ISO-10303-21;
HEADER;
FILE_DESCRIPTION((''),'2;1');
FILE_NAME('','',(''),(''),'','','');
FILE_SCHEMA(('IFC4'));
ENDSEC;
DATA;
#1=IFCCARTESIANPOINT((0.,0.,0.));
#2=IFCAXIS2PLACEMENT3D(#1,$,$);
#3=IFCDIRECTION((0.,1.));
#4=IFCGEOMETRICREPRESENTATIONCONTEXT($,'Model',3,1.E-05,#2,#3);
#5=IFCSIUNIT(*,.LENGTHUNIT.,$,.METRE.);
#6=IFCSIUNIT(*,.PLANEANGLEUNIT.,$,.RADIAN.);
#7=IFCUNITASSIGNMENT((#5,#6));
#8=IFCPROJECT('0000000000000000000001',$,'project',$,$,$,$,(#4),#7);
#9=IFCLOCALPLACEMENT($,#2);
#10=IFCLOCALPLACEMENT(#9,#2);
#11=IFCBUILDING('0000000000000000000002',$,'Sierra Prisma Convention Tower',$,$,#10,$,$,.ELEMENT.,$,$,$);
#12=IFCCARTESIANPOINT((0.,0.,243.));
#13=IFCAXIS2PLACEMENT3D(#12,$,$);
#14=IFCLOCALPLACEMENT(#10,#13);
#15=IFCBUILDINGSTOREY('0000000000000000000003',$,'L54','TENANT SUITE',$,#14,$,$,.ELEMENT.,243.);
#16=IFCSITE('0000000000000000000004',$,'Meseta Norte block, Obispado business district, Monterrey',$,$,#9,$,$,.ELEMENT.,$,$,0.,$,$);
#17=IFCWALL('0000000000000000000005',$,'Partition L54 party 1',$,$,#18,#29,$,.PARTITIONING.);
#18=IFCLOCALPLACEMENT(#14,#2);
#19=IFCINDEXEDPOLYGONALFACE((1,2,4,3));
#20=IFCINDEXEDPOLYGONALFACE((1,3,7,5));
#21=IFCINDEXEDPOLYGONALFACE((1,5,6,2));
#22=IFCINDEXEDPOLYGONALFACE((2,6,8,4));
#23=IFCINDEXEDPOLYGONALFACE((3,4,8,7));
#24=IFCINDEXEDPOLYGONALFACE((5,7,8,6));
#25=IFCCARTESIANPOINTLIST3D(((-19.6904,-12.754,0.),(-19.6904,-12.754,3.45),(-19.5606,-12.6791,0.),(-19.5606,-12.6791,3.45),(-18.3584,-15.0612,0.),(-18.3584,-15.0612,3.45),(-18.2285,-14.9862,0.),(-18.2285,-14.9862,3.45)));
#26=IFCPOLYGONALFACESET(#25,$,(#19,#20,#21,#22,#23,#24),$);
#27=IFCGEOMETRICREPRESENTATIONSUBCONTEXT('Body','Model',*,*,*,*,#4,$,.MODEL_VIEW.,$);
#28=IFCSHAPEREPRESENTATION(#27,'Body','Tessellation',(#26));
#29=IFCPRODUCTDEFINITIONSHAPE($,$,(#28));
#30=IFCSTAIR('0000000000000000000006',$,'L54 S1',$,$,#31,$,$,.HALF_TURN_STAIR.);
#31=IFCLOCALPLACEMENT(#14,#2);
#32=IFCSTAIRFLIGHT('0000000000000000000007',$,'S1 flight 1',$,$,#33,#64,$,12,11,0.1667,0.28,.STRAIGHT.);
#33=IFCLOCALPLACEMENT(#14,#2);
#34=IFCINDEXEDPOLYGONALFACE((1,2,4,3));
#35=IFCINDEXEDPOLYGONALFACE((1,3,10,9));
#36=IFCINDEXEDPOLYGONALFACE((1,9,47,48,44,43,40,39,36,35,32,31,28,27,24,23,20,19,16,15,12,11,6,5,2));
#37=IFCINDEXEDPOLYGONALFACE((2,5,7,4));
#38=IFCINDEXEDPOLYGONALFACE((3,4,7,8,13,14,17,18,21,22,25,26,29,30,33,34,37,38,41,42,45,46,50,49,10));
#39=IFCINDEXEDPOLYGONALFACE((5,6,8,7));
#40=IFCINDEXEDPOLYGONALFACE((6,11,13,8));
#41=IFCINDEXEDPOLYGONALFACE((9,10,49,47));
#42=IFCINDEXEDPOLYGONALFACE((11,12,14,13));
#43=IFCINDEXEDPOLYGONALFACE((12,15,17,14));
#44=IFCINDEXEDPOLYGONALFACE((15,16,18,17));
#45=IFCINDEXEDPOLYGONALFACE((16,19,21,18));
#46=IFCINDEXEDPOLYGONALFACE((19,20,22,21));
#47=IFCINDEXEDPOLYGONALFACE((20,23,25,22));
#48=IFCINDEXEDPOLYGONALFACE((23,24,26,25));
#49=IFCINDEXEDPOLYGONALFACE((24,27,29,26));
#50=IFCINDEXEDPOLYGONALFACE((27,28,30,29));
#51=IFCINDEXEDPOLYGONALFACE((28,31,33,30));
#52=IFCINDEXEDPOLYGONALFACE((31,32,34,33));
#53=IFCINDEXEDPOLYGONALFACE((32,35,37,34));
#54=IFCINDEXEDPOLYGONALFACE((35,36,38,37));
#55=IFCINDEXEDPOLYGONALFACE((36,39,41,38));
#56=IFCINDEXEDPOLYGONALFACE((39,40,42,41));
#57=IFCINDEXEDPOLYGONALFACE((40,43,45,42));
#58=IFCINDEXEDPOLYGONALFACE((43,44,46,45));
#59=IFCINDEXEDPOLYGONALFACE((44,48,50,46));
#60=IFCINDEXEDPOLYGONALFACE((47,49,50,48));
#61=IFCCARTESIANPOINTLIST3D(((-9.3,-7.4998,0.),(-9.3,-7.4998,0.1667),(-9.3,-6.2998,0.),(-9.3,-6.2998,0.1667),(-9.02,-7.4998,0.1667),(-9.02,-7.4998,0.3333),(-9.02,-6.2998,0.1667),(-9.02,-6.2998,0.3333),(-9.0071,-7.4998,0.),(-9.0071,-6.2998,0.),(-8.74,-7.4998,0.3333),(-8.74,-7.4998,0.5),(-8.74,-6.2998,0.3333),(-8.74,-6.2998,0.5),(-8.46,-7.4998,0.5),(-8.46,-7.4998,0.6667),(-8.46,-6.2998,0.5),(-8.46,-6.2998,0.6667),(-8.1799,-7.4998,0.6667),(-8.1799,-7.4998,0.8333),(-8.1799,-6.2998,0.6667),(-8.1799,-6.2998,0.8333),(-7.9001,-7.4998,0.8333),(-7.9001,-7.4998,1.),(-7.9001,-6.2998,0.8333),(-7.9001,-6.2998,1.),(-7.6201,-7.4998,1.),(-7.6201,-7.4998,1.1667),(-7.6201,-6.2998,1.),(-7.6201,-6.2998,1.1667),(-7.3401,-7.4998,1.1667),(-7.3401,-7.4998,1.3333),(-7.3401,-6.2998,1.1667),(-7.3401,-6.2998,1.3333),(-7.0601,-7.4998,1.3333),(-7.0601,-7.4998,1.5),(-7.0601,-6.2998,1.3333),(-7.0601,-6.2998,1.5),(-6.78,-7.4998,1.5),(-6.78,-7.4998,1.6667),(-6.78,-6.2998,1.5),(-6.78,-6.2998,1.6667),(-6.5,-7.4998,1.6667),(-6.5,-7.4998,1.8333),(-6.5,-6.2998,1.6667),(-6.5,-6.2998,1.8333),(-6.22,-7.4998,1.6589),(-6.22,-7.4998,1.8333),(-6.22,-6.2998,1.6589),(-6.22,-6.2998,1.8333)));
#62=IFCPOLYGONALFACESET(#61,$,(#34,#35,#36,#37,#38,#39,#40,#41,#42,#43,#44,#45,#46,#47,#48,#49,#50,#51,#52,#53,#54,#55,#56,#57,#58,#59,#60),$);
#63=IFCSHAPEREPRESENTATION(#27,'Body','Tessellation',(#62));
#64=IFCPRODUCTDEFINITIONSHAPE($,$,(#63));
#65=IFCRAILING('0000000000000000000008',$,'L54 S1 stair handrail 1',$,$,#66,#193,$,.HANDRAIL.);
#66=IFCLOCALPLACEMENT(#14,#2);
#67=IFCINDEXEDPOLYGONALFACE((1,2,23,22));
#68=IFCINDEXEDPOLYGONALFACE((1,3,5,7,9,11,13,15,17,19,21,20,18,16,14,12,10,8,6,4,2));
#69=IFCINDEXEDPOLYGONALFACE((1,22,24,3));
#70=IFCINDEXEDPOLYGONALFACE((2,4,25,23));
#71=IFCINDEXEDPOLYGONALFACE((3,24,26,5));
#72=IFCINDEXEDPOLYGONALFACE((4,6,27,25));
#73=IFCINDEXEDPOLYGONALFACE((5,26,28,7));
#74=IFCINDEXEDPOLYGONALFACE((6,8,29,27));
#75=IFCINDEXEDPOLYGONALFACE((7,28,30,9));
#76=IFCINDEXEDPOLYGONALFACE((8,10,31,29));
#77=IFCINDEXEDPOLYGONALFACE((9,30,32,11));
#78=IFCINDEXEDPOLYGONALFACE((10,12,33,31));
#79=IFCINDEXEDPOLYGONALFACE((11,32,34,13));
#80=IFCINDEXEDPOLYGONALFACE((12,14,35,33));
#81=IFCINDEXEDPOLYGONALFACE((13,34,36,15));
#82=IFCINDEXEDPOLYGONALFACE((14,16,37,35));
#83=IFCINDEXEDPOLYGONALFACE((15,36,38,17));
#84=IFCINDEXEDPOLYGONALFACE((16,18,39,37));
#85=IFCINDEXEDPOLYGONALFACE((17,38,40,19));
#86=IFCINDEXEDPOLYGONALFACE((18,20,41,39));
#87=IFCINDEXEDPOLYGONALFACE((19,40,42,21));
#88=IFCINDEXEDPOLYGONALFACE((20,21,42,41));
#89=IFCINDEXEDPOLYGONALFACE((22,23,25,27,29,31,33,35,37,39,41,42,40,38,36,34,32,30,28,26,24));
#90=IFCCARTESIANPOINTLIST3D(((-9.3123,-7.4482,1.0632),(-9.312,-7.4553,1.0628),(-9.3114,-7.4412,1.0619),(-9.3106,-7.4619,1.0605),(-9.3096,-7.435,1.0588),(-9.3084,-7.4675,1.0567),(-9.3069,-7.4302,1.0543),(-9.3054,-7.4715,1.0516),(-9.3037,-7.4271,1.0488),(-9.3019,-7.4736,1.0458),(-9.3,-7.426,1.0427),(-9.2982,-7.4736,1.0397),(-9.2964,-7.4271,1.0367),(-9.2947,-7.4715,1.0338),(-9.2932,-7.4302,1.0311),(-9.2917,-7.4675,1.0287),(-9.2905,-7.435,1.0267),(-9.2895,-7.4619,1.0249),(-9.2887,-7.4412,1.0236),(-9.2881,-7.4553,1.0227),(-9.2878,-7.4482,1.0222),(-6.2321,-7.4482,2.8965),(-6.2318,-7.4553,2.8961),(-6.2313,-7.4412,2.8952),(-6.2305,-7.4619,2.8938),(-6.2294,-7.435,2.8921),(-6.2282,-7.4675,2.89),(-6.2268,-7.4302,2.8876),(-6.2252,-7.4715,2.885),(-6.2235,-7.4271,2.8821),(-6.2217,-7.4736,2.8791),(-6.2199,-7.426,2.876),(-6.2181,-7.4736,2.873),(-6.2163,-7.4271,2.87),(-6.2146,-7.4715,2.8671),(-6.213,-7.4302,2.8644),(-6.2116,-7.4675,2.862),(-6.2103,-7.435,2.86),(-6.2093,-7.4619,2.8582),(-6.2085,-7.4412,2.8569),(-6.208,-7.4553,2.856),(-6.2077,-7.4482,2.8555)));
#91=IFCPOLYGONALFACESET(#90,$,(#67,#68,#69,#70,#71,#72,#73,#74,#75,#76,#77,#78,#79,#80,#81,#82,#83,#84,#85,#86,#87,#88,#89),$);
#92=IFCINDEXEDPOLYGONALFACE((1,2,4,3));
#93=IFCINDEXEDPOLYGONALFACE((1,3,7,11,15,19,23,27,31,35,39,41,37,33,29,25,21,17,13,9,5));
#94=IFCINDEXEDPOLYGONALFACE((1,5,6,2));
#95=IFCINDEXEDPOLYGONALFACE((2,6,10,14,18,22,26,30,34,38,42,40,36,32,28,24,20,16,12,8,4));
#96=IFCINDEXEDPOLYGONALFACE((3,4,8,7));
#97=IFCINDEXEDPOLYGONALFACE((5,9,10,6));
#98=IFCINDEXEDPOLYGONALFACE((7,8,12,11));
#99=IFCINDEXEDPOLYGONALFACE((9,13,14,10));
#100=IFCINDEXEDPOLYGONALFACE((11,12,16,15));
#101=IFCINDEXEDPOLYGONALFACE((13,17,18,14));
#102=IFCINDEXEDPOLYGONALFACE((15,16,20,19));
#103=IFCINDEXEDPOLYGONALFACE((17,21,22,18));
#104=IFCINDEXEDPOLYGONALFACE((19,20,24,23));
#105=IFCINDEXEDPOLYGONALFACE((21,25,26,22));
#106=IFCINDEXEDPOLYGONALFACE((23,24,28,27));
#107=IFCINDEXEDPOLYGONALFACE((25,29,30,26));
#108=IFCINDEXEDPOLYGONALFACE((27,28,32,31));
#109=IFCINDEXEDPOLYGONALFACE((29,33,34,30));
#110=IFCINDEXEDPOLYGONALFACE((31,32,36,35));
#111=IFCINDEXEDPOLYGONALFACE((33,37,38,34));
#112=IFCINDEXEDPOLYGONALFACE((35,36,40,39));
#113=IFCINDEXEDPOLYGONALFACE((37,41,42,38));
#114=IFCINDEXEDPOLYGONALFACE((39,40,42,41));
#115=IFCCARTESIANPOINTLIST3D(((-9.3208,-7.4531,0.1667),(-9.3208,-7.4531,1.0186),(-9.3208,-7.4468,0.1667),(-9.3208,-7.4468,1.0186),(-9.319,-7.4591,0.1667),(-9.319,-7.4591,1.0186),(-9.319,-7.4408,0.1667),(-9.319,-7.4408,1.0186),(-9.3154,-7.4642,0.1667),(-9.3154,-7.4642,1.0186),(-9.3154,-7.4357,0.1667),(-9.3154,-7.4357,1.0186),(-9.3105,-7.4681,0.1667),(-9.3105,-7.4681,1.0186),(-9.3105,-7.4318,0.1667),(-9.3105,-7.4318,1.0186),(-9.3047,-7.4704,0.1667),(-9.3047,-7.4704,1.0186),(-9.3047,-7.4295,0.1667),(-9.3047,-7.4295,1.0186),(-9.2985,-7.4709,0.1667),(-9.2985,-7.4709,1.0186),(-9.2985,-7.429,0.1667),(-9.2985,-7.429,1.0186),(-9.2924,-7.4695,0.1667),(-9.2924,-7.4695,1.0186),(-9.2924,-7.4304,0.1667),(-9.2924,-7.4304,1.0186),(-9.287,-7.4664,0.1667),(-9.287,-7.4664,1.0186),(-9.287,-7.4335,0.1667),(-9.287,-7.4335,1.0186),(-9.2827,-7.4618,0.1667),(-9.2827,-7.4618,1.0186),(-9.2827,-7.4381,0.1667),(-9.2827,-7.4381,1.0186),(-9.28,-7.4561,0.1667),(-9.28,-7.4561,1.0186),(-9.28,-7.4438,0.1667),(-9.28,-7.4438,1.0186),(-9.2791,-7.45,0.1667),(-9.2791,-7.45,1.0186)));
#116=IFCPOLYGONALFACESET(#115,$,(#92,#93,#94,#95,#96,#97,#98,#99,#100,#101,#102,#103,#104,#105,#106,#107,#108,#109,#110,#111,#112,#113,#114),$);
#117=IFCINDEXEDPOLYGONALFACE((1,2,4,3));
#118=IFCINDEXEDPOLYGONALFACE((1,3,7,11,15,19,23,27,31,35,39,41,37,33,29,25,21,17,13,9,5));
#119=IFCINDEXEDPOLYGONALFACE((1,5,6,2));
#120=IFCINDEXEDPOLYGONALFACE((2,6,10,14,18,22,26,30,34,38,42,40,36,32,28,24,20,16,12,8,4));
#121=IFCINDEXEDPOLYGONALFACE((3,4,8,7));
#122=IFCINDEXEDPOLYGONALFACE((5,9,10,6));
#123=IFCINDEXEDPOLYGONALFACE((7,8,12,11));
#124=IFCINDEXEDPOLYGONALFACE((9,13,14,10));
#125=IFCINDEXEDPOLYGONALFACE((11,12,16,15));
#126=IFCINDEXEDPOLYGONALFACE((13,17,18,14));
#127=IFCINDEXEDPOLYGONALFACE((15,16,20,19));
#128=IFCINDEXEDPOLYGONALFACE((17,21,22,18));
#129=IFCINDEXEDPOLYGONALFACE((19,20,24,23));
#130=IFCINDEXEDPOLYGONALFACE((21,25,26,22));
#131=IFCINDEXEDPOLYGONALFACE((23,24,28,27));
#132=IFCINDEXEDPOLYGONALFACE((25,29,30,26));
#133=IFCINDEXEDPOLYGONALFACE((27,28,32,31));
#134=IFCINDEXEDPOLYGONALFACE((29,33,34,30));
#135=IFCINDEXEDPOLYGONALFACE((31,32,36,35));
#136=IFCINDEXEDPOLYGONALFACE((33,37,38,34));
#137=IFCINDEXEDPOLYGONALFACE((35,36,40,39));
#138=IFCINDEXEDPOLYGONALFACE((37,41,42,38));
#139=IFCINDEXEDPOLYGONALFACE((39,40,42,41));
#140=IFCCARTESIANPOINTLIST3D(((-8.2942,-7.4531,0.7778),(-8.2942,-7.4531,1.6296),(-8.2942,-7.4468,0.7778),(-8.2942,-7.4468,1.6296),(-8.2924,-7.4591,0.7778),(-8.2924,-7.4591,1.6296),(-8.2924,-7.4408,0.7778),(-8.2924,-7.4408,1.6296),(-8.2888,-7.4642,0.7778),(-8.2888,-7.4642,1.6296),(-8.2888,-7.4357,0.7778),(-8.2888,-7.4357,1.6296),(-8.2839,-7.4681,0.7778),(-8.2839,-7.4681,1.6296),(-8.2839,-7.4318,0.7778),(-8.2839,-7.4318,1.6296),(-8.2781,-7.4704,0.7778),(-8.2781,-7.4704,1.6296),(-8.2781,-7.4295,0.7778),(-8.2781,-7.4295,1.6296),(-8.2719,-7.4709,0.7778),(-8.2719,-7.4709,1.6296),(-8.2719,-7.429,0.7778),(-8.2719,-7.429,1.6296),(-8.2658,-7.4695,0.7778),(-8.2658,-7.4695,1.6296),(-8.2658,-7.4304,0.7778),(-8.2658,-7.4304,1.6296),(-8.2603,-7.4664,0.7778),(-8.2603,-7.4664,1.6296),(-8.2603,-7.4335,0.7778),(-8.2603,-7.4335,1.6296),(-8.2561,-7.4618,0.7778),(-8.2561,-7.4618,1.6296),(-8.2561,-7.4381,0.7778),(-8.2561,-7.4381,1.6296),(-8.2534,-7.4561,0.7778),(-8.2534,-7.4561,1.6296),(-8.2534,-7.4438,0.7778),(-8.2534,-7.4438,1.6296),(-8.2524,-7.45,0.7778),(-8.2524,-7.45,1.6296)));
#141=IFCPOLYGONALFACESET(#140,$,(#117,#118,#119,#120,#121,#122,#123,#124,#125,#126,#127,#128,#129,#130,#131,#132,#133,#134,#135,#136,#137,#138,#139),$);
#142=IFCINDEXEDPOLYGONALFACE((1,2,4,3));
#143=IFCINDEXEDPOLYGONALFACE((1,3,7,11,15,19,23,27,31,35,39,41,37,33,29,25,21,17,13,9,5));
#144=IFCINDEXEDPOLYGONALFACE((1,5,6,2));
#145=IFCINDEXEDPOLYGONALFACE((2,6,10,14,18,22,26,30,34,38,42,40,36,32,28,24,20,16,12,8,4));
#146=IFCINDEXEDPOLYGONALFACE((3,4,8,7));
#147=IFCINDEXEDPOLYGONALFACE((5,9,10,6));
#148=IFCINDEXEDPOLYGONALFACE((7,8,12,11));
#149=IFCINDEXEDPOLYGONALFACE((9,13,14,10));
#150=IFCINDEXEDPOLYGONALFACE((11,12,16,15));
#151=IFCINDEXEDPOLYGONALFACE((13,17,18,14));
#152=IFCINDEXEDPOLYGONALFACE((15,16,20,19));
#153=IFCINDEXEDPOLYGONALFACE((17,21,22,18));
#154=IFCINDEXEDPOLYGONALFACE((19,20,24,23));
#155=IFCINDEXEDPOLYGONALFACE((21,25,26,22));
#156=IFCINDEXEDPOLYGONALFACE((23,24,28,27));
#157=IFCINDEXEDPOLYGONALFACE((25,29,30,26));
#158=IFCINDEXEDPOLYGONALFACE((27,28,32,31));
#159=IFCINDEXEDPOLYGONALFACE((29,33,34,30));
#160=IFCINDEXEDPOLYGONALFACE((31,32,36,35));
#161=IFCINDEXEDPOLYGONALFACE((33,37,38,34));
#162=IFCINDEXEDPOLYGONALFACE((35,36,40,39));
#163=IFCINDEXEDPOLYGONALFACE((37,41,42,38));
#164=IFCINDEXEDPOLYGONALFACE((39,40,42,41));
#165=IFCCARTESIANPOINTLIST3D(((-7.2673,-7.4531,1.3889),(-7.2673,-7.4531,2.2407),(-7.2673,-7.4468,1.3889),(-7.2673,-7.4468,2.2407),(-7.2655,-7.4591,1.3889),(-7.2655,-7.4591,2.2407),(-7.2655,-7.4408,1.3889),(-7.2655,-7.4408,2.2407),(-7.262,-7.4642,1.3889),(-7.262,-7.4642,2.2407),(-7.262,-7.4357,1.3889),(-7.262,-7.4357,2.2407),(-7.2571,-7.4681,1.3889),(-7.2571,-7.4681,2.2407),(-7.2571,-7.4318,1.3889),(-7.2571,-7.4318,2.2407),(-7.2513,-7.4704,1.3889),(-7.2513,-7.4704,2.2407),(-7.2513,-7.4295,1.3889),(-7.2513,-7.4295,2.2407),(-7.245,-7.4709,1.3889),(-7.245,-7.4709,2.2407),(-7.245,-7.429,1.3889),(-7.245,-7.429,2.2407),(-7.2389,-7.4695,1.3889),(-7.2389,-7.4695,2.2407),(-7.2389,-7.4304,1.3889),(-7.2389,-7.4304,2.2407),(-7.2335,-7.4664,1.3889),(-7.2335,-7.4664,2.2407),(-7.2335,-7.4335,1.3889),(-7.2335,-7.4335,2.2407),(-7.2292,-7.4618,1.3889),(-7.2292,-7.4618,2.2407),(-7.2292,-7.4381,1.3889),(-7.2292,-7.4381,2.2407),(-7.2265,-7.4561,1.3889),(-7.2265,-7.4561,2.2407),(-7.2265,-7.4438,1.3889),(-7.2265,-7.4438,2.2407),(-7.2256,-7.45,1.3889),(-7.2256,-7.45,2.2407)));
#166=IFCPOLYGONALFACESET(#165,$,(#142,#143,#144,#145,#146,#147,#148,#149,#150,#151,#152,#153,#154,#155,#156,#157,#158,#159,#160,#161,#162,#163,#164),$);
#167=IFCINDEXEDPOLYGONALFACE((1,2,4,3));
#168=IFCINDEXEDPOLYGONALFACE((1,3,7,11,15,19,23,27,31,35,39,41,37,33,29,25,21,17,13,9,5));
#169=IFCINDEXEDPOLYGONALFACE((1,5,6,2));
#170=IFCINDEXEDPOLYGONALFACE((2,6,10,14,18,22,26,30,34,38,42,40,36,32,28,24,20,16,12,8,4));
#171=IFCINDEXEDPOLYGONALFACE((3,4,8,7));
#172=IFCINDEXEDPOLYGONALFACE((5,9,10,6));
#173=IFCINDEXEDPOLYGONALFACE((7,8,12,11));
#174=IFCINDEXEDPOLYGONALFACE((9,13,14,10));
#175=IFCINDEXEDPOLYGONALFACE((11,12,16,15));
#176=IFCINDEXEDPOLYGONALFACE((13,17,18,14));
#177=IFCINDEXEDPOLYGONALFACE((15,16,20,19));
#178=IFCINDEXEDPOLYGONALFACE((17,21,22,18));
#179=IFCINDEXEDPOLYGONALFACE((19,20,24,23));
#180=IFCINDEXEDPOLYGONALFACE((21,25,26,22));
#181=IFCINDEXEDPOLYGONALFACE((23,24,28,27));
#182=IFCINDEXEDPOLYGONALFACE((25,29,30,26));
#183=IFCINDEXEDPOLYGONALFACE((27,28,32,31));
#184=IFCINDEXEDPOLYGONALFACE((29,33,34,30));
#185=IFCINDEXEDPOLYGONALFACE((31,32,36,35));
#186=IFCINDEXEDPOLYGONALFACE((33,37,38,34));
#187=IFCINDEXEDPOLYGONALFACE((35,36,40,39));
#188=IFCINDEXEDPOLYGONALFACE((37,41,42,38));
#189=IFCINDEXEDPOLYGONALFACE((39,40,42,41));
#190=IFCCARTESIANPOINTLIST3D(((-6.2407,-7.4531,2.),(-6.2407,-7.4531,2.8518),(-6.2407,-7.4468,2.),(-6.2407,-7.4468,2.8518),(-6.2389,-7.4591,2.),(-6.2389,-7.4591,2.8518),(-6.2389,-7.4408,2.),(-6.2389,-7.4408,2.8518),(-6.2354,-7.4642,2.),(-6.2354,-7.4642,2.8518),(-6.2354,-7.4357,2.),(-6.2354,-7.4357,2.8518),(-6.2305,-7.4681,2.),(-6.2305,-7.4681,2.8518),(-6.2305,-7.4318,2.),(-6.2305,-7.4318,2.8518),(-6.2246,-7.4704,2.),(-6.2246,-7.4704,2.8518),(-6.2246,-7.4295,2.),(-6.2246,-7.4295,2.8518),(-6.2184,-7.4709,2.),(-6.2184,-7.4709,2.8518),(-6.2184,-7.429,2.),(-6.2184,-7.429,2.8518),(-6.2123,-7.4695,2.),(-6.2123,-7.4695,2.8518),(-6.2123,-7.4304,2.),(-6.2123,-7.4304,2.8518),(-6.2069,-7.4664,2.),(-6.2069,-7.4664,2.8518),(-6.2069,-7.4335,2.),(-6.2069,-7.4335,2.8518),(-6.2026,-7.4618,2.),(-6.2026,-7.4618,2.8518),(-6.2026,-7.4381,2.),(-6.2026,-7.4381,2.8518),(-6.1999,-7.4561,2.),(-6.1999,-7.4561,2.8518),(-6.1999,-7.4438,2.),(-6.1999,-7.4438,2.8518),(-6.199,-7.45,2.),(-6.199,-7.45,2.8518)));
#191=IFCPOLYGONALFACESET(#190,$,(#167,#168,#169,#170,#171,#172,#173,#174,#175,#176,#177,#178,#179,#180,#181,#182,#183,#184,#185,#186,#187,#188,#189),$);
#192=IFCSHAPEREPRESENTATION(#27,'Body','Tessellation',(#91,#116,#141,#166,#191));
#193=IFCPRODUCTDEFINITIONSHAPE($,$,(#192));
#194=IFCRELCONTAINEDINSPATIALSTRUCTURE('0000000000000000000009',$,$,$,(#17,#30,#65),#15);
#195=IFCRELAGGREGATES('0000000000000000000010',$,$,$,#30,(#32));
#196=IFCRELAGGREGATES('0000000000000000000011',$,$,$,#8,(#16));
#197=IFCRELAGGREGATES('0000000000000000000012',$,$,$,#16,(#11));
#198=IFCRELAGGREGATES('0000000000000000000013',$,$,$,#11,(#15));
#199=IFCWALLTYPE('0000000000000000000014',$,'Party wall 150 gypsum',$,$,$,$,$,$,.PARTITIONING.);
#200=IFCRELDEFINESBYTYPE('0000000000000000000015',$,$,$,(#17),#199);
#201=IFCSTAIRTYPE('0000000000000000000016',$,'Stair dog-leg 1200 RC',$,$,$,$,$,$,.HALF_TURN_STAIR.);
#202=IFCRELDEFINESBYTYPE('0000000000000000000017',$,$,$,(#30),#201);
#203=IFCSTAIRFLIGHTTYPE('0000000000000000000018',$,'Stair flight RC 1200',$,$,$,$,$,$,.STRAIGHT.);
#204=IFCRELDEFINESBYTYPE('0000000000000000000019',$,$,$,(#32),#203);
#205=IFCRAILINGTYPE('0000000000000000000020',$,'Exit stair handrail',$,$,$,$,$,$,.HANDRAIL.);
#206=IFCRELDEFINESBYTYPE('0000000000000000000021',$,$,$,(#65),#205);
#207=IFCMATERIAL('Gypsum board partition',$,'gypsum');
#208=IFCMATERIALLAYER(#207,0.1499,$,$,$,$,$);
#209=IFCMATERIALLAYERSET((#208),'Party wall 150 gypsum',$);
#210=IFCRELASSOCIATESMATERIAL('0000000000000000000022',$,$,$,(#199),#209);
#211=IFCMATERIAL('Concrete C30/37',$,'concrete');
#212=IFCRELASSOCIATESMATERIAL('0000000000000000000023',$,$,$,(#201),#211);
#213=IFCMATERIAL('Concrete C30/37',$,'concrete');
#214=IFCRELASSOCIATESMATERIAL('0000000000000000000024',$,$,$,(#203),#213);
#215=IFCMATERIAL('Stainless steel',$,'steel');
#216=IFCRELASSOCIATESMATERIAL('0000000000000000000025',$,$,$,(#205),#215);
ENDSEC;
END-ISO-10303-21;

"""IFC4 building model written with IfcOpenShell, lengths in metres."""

from ifc_helpers import new_model, si_unit, direction, frame, frame_2d, origin, origin_2d, place, context, subcontext, project, spatial, polyline, rectangle, circle, outline, extrude, material, layer, layer_set, type_object, element, aggregate, save


model = new_model("IFC4")

# Units and contexts
model_context = context("Model", 3, precision=1e-05, world=origin(), true_north=direction((0.0, 1.0)))
body_context = subcontext(model_context, "Body", "Model", "MODEL_VIEW")
ifc_project = project(units=[si_unit("LENGTHUNIT", "METRE"), si_unit("PLANEANGLEUNIT", "RADIAN")], contexts=[model_context])

# Site, building, storey
site_placement = place(None, origin())
site = spatial("IfcSite", under=ifc_project, at=site_placement, Name="Meseta Norte block, Obispado business district, Monterrey", CompositionType="ELEMENT", RefElevation=0.0)
building_placement = place(site_placement, origin())
building = spatial("IfcBuilding", under=site, at=building_placement, Name="Sierra Prisma Convention Tower", CompositionType="ELEMENT")
storey_placement = place(building_placement, frame((0.0, 0.0, 243.0)))
storey = spatial("IfcBuildingStorey", under=building, at=storey_placement, Name="L54", Description="TENANT SUITE", CompositionType="ELEMENT", Elevation=243.0)

# Wall
ifc_material_1 = material(Name="Gypsum board partition", Category="gypsum")
ifc_layer_1 = layer(ifc_material_1, 0.1499)
ifc_layer_set_1 = layer_set([ifc_layer_1], Name="Party wall 150 gypsum")
wall_type_1 = type_object("IfcWallType", Name="Party wall 150 gypsum", PredefinedType="PARTITIONING", material=ifc_layer_set_1)
wall_1_placement = place(storey_placement, frame((-19.6255, -12.7166, 0.0), z_axis=(0.0, 0.0, 1.0), x_axis=(0.500003, -0.866024, 0.0)))
element("IfcWall", 1, at=wall_1_placement, inside=storey, type_object=wall_type_1, Name="Partition L54 party 1", PredefinedType="PARTITIONING", context=body_context, shape_type="SweptSolid", body=[
    extrude(rectangle(XDim=2.6641, YDim=0.1499, at=frame_2d((1.332, 0.0))), origin(), (0.0, 0.0, 1.0), 3.45),
])

# Stair, stair flight
ifc_material_2 = material(Name="Concrete C30/37", Category="concrete")
stair_type = type_object("IfcStairType", Name="Stair dog-leg 1200 RC", PredefinedType="HALF_TURN_STAIR", material=ifc_material_2)
stair_placement = place(storey_placement, origin())
stair = element("IfcStair", 2, at=stair_placement, inside=storey, type_object=stair_type, Name="L54 S1", PredefinedType="HALF_TURN_STAIR")
ifc_material_3 = material(Name="Concrete C30/37", Category="concrete")
stair_flight_type = type_object("IfcStairFlightType", Name="Stair flight RC 1200", PredefinedType="STRAIGHT", material=ifc_material_3)
stair_flight_placement = place(storey_placement, frame((-9.3, -6.8999, 0.0), z_axis=(0.0, 0.0, 1.0), x_axis=(1.0, 0.0, 0.0)))
stair_flight = element("IfcStairFlight", 3, at=stair_flight_placement, type_object=stair_flight_type, Name="S1 flight 1", NumberOfRisers=12, NumberOfTreads=11, PredefinedType="STRAIGHT", RiserHeight=0.1667, TreadLength=0.28, context=body_context, shape_type="SweptSolid", body=[
    extrude(outline(polyline([(0.0, 0.0), (0.0, 0.1667), (0.28, 0.1667), (0.28, 0.3333), (0.5601, 0.3333), (0.5601, 0.5), (0.8401, 0.5), (0.8401, 0.6667), (1.1201, 0.6667), (1.1201, 0.8333), (1.3999, 0.8333), (1.3999, 1.0), (1.6799, 1.0), (1.6799, 1.1667), (1.96, 1.1667), (1.96, 1.3333), (2.24, 1.3333), (2.24, 1.5), (2.52, 1.5), (2.52, 1.6667), (2.8, 1.6667), (2.8, 1.8333), (3.0801, 1.8333), (3.0801, 2.0), (3.0801, 1.6589), (0.293, 0.0), (0.0, 0.0)])), frame((0.0, 0.6001, 0.0), z_axis=(0.0, -1.0, 0.0), x_axis=(1.0, 0.0, 0.0)), (0.0, 0.0, 1.0), 1.2),
])
aggregate(stair, [stair_flight])

# Railing
ifc_material_4 = material(Name="Stainless steel", Category="steel")
railing_type_1 = type_object("IfcRailingType", Name="Exit stair handrail", PredefinedType="HANDRAIL", material=ifc_material_4)
railing_1_placement = place(storey_placement, frame((-9.3, -7.45, 0.1667)))
element("IfcRailing", 4, at=railing_1_placement, inside=storey, type_object=railing_type_1, Name="L54 S1 stair handrail 1", PredefinedType="HANDRAIL", context=body_context, shape_type="SweptSolid", body=[
    extrude(circle(Radius=0.0239, at=origin_2d()), frame((0.0, 0.0, 0.876), z_axis=(0.859309, 0.0, 0.511458), x_axis=(0.0, 1.0, 0.0)), (0.0, 0.0, 1.0), 3.5845),
    extrude(circle(Radius=0.021, at=origin_2d()), origin(), (0.0, 0.0, 1.0), 0.8518),
    extrude(circle(Radius=0.021, at=origin_2d()), frame((1.0266, 0.0, 0.6111)), (0.0, 0.0, 1.0), 0.8518),
    extrude(circle(Radius=0.021, at=origin_2d()), frame((2.0535, 0.0, 1.2222)), (0.0, 0.0, 1.0), 0.8518),
    extrude(circle(Radius=0.021, at=origin_2d()), frame((3.0801, 0.0, 1.8333)), (0.0, 0.0, 1.0), 0.8518),
])

save(model, "model.ifc")
